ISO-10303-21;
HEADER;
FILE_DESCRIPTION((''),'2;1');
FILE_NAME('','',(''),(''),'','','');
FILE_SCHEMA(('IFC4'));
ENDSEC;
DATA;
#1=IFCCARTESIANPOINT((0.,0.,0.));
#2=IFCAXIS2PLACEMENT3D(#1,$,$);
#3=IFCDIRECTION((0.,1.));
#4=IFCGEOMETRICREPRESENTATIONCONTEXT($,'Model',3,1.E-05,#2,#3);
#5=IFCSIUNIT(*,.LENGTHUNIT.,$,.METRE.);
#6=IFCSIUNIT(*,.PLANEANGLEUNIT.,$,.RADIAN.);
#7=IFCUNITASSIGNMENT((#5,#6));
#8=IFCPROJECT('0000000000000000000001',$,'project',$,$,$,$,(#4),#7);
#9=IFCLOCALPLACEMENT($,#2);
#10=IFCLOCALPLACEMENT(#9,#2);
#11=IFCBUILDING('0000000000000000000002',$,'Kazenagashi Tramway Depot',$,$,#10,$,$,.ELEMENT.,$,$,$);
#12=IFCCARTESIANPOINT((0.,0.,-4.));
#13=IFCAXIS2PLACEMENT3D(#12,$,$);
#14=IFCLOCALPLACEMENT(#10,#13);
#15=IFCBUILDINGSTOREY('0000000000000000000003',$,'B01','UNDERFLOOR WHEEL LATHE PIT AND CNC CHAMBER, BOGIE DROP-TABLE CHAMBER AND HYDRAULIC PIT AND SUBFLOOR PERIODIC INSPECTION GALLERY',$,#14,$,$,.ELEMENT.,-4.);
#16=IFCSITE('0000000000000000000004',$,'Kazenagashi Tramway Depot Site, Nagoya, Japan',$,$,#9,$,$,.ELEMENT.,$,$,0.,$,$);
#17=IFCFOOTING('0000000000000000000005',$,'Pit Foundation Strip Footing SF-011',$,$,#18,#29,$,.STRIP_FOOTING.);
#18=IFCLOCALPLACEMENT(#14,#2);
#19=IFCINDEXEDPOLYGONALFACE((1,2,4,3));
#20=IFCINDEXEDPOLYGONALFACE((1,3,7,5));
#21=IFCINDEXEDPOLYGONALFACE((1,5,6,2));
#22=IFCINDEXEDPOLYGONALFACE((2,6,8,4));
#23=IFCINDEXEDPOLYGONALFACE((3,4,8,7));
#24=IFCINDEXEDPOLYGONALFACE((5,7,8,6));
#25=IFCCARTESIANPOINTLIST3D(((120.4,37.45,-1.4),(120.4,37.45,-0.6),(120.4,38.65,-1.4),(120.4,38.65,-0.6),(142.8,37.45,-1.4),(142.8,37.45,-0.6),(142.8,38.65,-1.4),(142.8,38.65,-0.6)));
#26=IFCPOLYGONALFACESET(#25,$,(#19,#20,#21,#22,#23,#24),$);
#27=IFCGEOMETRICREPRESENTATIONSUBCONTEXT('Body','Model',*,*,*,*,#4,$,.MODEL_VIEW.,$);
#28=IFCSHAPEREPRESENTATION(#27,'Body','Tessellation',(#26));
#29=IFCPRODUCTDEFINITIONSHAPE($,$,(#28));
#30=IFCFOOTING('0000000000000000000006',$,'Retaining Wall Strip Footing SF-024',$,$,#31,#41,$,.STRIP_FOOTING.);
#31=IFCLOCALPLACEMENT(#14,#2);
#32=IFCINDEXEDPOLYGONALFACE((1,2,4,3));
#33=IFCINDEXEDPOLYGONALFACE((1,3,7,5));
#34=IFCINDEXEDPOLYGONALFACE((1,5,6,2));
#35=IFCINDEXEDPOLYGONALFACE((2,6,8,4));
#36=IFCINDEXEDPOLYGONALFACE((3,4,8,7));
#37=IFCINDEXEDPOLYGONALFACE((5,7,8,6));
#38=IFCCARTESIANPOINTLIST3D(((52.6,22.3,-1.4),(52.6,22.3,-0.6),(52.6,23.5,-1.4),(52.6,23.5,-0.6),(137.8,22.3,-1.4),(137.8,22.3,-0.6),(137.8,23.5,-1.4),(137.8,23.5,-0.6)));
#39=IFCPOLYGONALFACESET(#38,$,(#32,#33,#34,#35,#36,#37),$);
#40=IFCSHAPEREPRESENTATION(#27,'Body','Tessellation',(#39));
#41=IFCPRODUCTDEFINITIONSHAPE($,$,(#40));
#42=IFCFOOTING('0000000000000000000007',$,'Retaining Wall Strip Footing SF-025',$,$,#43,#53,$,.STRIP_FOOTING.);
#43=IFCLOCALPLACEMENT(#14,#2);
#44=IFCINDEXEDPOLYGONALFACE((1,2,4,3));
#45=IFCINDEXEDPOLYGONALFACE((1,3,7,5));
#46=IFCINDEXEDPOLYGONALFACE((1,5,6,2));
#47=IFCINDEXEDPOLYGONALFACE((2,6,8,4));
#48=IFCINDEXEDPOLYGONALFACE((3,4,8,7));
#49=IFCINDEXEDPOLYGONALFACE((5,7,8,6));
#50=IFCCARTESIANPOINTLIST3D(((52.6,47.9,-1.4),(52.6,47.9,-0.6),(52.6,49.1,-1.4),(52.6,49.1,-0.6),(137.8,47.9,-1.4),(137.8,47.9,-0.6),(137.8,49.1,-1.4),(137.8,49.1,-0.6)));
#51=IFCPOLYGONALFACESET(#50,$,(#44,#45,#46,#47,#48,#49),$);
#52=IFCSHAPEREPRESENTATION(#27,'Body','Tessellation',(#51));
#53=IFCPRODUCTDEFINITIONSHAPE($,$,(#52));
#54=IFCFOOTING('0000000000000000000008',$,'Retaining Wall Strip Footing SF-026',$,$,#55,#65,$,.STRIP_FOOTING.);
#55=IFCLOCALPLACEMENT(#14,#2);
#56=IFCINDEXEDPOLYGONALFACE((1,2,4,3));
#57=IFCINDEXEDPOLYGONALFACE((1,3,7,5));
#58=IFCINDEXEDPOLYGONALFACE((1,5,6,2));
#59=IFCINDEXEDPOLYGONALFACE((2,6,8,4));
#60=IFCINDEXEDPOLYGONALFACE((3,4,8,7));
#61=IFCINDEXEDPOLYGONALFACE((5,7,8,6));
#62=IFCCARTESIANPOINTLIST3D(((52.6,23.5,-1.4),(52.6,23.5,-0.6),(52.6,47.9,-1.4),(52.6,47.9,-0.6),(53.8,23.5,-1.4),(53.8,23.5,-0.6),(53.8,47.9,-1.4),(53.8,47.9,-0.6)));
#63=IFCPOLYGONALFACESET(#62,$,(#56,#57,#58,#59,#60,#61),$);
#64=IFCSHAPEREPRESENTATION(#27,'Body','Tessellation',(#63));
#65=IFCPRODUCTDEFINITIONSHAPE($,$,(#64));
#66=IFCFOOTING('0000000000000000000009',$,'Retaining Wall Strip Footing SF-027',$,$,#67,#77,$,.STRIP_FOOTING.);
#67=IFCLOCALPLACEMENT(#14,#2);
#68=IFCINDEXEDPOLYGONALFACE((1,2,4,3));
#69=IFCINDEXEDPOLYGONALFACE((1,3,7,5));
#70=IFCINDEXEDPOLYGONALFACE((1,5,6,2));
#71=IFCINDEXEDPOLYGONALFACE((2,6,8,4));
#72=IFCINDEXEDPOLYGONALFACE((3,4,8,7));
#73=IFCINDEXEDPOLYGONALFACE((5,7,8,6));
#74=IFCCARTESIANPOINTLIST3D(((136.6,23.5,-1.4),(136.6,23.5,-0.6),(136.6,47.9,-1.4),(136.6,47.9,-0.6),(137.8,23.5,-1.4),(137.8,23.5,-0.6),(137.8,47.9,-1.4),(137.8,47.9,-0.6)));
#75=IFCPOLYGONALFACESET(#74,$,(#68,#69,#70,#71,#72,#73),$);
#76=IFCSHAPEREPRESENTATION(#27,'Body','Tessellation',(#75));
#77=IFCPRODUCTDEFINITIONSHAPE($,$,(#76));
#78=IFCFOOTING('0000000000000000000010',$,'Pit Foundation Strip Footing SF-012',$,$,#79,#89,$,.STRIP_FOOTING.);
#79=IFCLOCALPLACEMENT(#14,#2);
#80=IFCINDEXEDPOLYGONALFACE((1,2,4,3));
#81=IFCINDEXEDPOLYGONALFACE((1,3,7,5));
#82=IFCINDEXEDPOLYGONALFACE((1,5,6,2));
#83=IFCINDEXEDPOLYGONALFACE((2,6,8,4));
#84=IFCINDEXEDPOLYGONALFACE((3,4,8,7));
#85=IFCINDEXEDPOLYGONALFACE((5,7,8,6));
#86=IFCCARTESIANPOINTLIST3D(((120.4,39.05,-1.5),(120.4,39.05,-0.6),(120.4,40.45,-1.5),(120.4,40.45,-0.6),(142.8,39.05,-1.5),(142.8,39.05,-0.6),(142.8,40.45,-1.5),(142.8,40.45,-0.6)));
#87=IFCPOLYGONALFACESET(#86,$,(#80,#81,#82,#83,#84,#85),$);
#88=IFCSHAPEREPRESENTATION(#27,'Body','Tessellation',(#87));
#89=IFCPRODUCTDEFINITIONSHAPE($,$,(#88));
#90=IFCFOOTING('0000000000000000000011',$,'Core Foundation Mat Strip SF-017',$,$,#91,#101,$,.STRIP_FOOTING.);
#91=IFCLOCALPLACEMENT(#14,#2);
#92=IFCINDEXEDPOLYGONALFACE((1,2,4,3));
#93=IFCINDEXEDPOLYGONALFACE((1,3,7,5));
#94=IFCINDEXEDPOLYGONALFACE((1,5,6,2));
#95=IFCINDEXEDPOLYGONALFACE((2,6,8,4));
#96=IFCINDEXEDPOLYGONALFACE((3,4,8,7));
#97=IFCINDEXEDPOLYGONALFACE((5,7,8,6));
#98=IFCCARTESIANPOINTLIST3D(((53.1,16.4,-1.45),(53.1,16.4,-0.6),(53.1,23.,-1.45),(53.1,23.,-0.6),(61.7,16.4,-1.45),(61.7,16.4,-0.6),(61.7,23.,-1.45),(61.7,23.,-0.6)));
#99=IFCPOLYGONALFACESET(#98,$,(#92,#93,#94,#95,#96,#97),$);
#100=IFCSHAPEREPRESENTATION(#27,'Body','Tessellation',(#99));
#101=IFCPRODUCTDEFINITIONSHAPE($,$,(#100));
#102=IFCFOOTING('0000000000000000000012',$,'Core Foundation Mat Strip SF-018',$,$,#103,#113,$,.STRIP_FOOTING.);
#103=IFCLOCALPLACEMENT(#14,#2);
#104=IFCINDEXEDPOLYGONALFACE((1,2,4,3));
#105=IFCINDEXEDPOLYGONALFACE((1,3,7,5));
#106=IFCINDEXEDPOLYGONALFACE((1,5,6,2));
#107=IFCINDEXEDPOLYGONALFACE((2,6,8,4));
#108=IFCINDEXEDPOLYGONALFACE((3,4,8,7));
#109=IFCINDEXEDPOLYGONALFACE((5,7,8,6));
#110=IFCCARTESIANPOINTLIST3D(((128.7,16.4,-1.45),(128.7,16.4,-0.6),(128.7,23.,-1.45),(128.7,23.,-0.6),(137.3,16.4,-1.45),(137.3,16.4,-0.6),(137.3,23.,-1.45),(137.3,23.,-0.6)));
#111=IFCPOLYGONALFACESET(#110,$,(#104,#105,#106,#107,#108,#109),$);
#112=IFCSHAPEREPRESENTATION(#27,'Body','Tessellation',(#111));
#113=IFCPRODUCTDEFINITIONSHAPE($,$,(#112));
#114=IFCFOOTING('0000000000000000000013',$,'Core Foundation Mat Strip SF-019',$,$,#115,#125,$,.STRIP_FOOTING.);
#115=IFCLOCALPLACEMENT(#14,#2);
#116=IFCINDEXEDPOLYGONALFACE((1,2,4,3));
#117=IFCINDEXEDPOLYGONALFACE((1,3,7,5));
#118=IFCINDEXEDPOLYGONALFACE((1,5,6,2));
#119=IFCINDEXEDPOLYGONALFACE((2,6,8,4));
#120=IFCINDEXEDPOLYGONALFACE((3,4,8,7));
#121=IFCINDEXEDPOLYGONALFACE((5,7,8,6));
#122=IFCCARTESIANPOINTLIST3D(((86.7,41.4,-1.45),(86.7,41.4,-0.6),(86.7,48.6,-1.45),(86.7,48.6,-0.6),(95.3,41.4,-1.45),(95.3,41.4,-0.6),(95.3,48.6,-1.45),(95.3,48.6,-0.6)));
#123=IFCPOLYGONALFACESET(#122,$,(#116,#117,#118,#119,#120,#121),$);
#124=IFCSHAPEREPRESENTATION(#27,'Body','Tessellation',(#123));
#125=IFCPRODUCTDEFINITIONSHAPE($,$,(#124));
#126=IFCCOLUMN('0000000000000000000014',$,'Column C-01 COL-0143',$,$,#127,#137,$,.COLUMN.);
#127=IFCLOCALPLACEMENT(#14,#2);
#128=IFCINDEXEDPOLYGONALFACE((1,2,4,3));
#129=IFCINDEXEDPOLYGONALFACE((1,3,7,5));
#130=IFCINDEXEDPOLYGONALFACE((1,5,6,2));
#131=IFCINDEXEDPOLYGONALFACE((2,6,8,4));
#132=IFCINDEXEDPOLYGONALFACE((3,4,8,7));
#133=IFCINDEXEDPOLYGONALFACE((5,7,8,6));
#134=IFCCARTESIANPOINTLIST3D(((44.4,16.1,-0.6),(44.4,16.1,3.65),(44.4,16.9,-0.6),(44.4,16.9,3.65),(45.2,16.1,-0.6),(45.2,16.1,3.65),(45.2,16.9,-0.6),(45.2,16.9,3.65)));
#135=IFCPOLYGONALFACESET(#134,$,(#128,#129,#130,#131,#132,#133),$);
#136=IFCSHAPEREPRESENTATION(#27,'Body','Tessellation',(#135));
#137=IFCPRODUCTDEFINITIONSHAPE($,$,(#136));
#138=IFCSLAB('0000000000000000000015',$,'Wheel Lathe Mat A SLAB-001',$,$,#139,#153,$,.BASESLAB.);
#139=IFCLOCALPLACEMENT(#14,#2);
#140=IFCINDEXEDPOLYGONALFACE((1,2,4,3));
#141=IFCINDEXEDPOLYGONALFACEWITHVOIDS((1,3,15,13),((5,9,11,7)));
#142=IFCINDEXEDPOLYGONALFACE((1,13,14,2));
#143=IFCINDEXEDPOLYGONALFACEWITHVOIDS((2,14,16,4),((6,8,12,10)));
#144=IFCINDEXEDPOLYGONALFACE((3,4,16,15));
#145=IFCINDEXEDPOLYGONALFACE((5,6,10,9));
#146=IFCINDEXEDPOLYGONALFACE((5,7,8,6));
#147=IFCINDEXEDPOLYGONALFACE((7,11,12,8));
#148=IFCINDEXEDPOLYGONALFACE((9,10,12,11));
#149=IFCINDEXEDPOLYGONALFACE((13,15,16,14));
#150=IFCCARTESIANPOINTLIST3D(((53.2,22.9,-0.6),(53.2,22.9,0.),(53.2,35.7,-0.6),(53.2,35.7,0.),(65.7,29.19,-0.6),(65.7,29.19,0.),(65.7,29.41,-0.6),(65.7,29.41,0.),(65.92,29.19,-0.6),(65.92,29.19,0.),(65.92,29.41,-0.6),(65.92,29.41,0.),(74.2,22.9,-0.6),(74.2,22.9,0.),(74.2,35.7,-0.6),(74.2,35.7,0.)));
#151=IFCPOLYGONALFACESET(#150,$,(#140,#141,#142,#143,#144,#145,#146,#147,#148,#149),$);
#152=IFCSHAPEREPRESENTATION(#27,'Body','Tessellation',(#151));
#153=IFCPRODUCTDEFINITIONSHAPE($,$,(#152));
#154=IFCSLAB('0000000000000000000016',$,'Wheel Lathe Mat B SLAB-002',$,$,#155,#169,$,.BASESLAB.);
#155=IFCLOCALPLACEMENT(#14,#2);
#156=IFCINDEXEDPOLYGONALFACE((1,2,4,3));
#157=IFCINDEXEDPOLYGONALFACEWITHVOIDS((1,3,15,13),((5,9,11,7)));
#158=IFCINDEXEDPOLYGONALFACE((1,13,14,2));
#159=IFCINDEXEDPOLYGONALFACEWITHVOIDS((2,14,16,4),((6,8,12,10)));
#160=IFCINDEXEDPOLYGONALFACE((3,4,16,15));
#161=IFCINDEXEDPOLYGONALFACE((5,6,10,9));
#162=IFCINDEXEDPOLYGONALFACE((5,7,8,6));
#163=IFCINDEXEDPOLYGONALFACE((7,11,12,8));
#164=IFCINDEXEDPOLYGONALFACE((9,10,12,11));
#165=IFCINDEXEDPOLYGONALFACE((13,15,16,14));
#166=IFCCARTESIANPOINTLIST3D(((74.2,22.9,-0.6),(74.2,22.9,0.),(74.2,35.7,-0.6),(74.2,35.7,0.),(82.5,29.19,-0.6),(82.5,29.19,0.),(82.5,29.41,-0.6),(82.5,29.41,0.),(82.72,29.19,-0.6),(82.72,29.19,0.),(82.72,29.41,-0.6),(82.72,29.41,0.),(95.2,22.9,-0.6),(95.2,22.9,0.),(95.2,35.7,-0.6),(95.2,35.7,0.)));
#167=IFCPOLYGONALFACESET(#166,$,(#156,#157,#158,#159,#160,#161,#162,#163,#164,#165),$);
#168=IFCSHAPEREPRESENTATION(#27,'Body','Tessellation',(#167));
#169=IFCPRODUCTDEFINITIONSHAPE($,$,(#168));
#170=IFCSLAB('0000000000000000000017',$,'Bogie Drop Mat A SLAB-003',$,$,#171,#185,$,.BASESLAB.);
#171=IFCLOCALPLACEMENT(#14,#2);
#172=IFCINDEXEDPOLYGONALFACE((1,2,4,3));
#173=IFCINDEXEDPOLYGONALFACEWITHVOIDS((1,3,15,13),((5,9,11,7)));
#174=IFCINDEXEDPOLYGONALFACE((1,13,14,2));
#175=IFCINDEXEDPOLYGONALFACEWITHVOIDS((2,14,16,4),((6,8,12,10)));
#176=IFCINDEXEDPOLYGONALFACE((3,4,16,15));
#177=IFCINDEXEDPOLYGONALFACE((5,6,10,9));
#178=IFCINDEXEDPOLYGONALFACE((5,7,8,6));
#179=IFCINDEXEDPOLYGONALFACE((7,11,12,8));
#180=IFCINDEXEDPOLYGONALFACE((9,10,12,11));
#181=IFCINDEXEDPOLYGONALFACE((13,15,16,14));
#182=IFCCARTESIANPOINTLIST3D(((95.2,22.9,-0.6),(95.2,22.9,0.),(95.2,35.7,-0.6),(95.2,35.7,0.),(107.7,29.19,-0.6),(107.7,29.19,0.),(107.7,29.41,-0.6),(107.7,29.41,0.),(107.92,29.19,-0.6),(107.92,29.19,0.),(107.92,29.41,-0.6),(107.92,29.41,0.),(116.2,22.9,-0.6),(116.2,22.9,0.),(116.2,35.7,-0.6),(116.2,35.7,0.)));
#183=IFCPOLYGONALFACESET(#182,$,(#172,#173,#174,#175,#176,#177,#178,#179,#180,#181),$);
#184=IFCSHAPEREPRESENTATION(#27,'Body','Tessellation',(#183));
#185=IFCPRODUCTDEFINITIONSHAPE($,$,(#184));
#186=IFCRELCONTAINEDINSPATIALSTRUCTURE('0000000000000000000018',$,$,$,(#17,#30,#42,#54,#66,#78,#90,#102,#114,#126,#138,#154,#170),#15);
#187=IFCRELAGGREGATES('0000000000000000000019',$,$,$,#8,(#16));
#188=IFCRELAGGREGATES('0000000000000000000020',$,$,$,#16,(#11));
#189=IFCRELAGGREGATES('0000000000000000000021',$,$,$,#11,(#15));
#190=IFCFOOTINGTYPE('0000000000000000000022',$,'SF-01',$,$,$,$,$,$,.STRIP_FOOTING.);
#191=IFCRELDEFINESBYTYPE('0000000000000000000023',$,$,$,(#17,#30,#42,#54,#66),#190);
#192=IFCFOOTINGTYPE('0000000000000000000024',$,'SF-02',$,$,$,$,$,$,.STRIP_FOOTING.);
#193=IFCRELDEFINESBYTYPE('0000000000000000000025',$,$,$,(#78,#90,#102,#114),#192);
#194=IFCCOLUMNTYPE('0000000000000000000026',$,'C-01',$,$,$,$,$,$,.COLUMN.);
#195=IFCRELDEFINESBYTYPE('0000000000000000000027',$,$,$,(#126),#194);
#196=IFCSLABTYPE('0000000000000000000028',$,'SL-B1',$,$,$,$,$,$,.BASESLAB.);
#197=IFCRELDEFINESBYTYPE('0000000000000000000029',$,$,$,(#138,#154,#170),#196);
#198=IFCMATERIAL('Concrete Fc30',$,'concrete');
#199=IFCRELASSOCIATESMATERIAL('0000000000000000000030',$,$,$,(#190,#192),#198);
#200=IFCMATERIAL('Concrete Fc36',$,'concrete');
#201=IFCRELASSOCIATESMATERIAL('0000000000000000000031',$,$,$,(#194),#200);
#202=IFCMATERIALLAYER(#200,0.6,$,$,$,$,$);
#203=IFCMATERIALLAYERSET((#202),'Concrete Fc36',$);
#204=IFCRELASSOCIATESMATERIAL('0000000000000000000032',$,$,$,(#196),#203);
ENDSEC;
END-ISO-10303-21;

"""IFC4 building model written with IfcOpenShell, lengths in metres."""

from ifc_helpers import new_model, si_unit, direction, frame, origin, origin_2d, place, context, subcontext, project, spatial, polyline, rectangle, outline, extrude, material, layer, layer_set, material_profile, profile_set, type_object, element, save


model = new_model("IFC4")

# Units and contexts
model_context = context("Model", 3, precision=1e-05, world=origin(), true_north=direction((0.0, 1.0)))
body_context = subcontext(model_context, "Body", "Model", "MODEL_VIEW")
ifc_project = project(units=[si_unit("LENGTHUNIT", "METRE"), si_unit("PLANEANGLEUNIT", "RADIAN")], contexts=[model_context])

# Site, building, storey
site_placement = place(None, origin())
site = spatial("IfcSite", under=ifc_project, at=site_placement, Name="Kazenagashi Tramway Depot Site, Nagoya, Japan", CompositionType="ELEMENT", RefElevation=0.0)
building_placement = place(site_placement, origin())
building = spatial("IfcBuilding", under=site, at=building_placement, Name="Kazenagashi Tramway Depot", CompositionType="ELEMENT")
storey_placement = place(building_placement, frame((0.0, 0.0, -4.0)))
storey = spatial("IfcBuildingStorey", under=building, at=storey_placement, Name="B01", Description="UNDERFLOOR WHEEL LATHE PIT AND CNC CHAMBER, BOGIE DROP-TABLE CHAMBER AND HYDRAULIC PIT AND SUBFLOOR PERIODIC INSPECTION GALLERY", CompositionType="ELEMENT", Elevation=-4.0)

# Footings
ifc_material_1 = material(Name="Concrete Fc30", Category="concrete")
footing_type_1 = type_object("IfcFootingType", Name="SF-01", PredefinedType="STRIP_FOOTING", material=ifc_material_1)
footing_1_placement = place(storey_placement, frame((0.0, 0.0, -1.4)))
element("IfcFooting", 1, at=footing_1_placement, inside=storey, type_object=footing_type_1, Name="Pit Foundation Strip Footing SF-011", PredefinedType="STRIP_FOOTING", context=body_context, shape_type="SweptSolid", body=[
    extrude(outline(polyline([(120.4, 37.45), (142.8, 37.45), (142.8, 38.65), (120.4, 38.65), (120.4, 37.45)])), origin(), (0.0, 0.0, 1.0), 0.8),
])
footing_2_placement = place(storey_placement, frame((0.0, 0.0, -1.4)))
element("IfcFooting", 2, at=footing_2_placement, inside=storey, type_object=footing_type_1, Name="Retaining Wall Strip Footing SF-024", PredefinedType="STRIP_FOOTING", context=body_context, shape_type="SweptSolid", body=[
    extrude(outline(polyline([(52.6, 22.3), (137.8, 22.3), (137.8, 23.5), (52.6, 23.5), (52.6, 22.3)])), origin(), (0.0, 0.0, 1.0), 0.8),
])
footing_3_placement = place(storey_placement, frame((0.0, 0.0, -1.4)))
element("IfcFooting", 3, at=footing_3_placement, inside=storey, type_object=footing_type_1, Name="Retaining Wall Strip Footing SF-025", PredefinedType="STRIP_FOOTING", context=body_context, shape_type="SweptSolid", body=[
    extrude(outline(polyline([(52.6, 47.9), (137.8, 47.9), (137.8, 49.1), (52.6, 49.1), (52.6, 47.9)])), origin(), (0.0, 0.0, 1.0), 0.8),
])
footing_4_placement = place(storey_placement, frame((0.0, 0.0, -1.4)))
element("IfcFooting", 4, at=footing_4_placement, inside=storey, type_object=footing_type_1, Name="Retaining Wall Strip Footing SF-026", PredefinedType="STRIP_FOOTING", context=body_context, shape_type="SweptSolid", body=[
    extrude(outline(polyline([(52.6, 23.5), (53.8, 23.5), (53.8, 47.9), (52.6, 47.9), (52.6, 23.5)])), origin(), (0.0, 0.0, 1.0), 0.8),
])
footing_5_placement = place(storey_placement, frame((0.0, 0.0, -1.4)))
element("IfcFooting", 5, at=footing_5_placement, inside=storey, type_object=footing_type_1, Name="Retaining Wall Strip Footing SF-027", PredefinedType="STRIP_FOOTING", context=body_context, shape_type="SweptSolid", body=[
    extrude(outline(polyline([(136.6, 23.5), (137.8, 23.5), (137.8, 47.9), (136.6, 47.9), (136.6, 23.5)])), origin(), (0.0, 0.0, 1.0), 0.8),
])
footing_type_2 = type_object("IfcFootingType", Name="SF-02", PredefinedType="STRIP_FOOTING", material=ifc_material_1)
footing_6_placement = place(storey_placement, frame((0.0, 0.0, -1.5)))
element("IfcFooting", 6, at=footing_6_placement, inside=storey, type_object=footing_type_2, Name="Pit Foundation Strip Footing SF-012", PredefinedType="STRIP_FOOTING", context=body_context, shape_type="SweptSolid", body=[
    extrude(outline(polyline([(120.4, 39.05), (142.8, 39.05), (142.8, 40.45), (120.4, 40.45), (120.4, 39.05)])), origin(), (0.0, 0.0, 1.0), 0.9),
])
footing_7_placement = place(storey_placement, frame((0.0, 0.0, -1.45)))
element("IfcFooting", 7, at=footing_7_placement, inside=storey, type_object=footing_type_2, Name="Core Foundation Mat Strip SF-017", PredefinedType="STRIP_FOOTING", context=body_context, shape_type="SweptSolid", body=[
    extrude(outline(polyline([(53.1, 16.4), (61.7, 16.4), (61.7, 23.0), (53.1, 23.0), (53.1, 16.4)])), origin(), (0.0, 0.0, 1.0), 0.85),
])
footing_8_placement = place(storey_placement, frame((0.0, 0.0, -1.45)))
element("IfcFooting", 8, at=footing_8_placement, inside=storey, type_object=footing_type_2, Name="Core Foundation Mat Strip SF-018", PredefinedType="STRIP_FOOTING", context=body_context, shape_type="SweptSolid", body=[
    extrude(outline(polyline([(128.7, 16.4), (137.3, 16.4), (137.3, 23.0), (128.7, 23.0), (128.7, 16.4)])), origin(), (0.0, 0.0, 1.0), 0.85),
])
footing_9_placement = place(storey_placement, frame((0.0, 0.0, -1.45)))
element("IfcFooting", 9, at=footing_9_placement, inside=storey, type_object=footing_type_2, Name="Core Foundation Mat Strip SF-019", PredefinedType="STRIP_FOOTING", context=body_context, shape_type="SweptSolid", body=[
    extrude(outline(polyline([(86.7, 41.4), (95.3, 41.4), (95.3, 48.6), (86.7, 48.6), (86.7, 41.4)])), origin(), (0.0, 0.0, 1.0), 0.85),
])

# Column
ifc_material_2 = material(Name="Concrete Fc36", Category="concrete")
ifc_material_profile = material_profile(ifc_material_2, rectangle(XDim=0.8, YDim=0.8, at=origin_2d()), Name="RC-800x800")
ifc_profile_set = profile_set([ifc_material_profile], Name="Concrete Fc36")
column_type = type_object("IfcColumnType", Name="C-01", PredefinedType="COLUMN", material=ifc_profile_set)
column_placement = place(storey_placement, frame((44.8, 16.5, -0.6), z_axis=(0.0, 0.0, 1.0), x_axis=(1.0, 0.0, 0.0)))
element("IfcColumn", 10, at=column_placement, inside=storey, type_object=column_type, Name="Column C-01 COL-0143", PredefinedType="COLUMN", context=body_context, shape_type="SweptSolid", body=[
    extrude(rectangle(XDim=0.8, YDim=0.8, at=origin_2d()), origin(), (0.0, 0.0, 1.0), 4.25),
])

# Slabs
ifc_layer_1 = layer(ifc_material_2, 0.6)
ifc_layer_set_1 = layer_set([ifc_layer_1], Name="Concrete Fc36")
slab_type_1 = type_object("IfcSlabType", Name="SL-B1", PredefinedType="BASESLAB", material=ifc_layer_set_1)
slab_1_placement = place(storey_placement, frame((0.0, 0.0, -0.6)))
element("IfcSlab", 11, at=slab_1_placement, inside=storey, type_object=slab_type_1, Name="Wheel Lathe Mat A SLAB-001", PredefinedType="BASESLAB", context=body_context, shape_type="SweptSolid", body=[
    extrude(outline(polyline([(53.2, 22.9), (74.2, 22.9), (74.2, 35.7), (53.2, 35.7), (53.2, 22.9)]), holes=[polyline([(65.7, 29.19), (65.92, 29.19), (65.92, 29.41), (65.7, 29.41), (65.7, 29.19)])]), origin(), (0.0, 0.0, 1.0), 0.6),
])
slab_2_placement = place(storey_placement, frame((0.0, 0.0, -0.6)))
element("IfcSlab", 12, at=slab_2_placement, inside=storey, type_object=slab_type_1, Name="Wheel Lathe Mat B SLAB-002", PredefinedType="BASESLAB", context=body_context, shape_type="SweptSolid", body=[
    extrude(outline(polyline([(74.2, 22.9), (95.2, 22.9), (95.2, 35.7), (74.2, 35.7), (74.2, 22.9)]), holes=[polyline([(82.5, 29.19), (82.72, 29.19), (82.72, 29.41), (82.5, 29.41), (82.5, 29.19)])]), origin(), (0.0, 0.0, 1.0), 0.6),
])
slab_3_placement = place(storey_placement, frame((0.0, 0.0, -0.6)))
element("IfcSlab", 13, at=slab_3_placement, inside=storey, type_object=slab_type_1, Name="Bogie Drop Mat A SLAB-003", PredefinedType="BASESLAB", context=body_context, shape_type="SweptSolid", body=[
    extrude(outline(polyline([(95.2, 22.9), (116.2, 22.9), (116.2, 35.7), (95.2, 35.7), (95.2, 22.9)]), holes=[polyline([(107.7, 29.19), (107.92, 29.19), (107.92, 29.41), (107.7, 29.41), (107.7, 29.19)])]), origin(), (0.0, 0.0, 1.0), 0.6),
])

save(model, "model.ifc")
